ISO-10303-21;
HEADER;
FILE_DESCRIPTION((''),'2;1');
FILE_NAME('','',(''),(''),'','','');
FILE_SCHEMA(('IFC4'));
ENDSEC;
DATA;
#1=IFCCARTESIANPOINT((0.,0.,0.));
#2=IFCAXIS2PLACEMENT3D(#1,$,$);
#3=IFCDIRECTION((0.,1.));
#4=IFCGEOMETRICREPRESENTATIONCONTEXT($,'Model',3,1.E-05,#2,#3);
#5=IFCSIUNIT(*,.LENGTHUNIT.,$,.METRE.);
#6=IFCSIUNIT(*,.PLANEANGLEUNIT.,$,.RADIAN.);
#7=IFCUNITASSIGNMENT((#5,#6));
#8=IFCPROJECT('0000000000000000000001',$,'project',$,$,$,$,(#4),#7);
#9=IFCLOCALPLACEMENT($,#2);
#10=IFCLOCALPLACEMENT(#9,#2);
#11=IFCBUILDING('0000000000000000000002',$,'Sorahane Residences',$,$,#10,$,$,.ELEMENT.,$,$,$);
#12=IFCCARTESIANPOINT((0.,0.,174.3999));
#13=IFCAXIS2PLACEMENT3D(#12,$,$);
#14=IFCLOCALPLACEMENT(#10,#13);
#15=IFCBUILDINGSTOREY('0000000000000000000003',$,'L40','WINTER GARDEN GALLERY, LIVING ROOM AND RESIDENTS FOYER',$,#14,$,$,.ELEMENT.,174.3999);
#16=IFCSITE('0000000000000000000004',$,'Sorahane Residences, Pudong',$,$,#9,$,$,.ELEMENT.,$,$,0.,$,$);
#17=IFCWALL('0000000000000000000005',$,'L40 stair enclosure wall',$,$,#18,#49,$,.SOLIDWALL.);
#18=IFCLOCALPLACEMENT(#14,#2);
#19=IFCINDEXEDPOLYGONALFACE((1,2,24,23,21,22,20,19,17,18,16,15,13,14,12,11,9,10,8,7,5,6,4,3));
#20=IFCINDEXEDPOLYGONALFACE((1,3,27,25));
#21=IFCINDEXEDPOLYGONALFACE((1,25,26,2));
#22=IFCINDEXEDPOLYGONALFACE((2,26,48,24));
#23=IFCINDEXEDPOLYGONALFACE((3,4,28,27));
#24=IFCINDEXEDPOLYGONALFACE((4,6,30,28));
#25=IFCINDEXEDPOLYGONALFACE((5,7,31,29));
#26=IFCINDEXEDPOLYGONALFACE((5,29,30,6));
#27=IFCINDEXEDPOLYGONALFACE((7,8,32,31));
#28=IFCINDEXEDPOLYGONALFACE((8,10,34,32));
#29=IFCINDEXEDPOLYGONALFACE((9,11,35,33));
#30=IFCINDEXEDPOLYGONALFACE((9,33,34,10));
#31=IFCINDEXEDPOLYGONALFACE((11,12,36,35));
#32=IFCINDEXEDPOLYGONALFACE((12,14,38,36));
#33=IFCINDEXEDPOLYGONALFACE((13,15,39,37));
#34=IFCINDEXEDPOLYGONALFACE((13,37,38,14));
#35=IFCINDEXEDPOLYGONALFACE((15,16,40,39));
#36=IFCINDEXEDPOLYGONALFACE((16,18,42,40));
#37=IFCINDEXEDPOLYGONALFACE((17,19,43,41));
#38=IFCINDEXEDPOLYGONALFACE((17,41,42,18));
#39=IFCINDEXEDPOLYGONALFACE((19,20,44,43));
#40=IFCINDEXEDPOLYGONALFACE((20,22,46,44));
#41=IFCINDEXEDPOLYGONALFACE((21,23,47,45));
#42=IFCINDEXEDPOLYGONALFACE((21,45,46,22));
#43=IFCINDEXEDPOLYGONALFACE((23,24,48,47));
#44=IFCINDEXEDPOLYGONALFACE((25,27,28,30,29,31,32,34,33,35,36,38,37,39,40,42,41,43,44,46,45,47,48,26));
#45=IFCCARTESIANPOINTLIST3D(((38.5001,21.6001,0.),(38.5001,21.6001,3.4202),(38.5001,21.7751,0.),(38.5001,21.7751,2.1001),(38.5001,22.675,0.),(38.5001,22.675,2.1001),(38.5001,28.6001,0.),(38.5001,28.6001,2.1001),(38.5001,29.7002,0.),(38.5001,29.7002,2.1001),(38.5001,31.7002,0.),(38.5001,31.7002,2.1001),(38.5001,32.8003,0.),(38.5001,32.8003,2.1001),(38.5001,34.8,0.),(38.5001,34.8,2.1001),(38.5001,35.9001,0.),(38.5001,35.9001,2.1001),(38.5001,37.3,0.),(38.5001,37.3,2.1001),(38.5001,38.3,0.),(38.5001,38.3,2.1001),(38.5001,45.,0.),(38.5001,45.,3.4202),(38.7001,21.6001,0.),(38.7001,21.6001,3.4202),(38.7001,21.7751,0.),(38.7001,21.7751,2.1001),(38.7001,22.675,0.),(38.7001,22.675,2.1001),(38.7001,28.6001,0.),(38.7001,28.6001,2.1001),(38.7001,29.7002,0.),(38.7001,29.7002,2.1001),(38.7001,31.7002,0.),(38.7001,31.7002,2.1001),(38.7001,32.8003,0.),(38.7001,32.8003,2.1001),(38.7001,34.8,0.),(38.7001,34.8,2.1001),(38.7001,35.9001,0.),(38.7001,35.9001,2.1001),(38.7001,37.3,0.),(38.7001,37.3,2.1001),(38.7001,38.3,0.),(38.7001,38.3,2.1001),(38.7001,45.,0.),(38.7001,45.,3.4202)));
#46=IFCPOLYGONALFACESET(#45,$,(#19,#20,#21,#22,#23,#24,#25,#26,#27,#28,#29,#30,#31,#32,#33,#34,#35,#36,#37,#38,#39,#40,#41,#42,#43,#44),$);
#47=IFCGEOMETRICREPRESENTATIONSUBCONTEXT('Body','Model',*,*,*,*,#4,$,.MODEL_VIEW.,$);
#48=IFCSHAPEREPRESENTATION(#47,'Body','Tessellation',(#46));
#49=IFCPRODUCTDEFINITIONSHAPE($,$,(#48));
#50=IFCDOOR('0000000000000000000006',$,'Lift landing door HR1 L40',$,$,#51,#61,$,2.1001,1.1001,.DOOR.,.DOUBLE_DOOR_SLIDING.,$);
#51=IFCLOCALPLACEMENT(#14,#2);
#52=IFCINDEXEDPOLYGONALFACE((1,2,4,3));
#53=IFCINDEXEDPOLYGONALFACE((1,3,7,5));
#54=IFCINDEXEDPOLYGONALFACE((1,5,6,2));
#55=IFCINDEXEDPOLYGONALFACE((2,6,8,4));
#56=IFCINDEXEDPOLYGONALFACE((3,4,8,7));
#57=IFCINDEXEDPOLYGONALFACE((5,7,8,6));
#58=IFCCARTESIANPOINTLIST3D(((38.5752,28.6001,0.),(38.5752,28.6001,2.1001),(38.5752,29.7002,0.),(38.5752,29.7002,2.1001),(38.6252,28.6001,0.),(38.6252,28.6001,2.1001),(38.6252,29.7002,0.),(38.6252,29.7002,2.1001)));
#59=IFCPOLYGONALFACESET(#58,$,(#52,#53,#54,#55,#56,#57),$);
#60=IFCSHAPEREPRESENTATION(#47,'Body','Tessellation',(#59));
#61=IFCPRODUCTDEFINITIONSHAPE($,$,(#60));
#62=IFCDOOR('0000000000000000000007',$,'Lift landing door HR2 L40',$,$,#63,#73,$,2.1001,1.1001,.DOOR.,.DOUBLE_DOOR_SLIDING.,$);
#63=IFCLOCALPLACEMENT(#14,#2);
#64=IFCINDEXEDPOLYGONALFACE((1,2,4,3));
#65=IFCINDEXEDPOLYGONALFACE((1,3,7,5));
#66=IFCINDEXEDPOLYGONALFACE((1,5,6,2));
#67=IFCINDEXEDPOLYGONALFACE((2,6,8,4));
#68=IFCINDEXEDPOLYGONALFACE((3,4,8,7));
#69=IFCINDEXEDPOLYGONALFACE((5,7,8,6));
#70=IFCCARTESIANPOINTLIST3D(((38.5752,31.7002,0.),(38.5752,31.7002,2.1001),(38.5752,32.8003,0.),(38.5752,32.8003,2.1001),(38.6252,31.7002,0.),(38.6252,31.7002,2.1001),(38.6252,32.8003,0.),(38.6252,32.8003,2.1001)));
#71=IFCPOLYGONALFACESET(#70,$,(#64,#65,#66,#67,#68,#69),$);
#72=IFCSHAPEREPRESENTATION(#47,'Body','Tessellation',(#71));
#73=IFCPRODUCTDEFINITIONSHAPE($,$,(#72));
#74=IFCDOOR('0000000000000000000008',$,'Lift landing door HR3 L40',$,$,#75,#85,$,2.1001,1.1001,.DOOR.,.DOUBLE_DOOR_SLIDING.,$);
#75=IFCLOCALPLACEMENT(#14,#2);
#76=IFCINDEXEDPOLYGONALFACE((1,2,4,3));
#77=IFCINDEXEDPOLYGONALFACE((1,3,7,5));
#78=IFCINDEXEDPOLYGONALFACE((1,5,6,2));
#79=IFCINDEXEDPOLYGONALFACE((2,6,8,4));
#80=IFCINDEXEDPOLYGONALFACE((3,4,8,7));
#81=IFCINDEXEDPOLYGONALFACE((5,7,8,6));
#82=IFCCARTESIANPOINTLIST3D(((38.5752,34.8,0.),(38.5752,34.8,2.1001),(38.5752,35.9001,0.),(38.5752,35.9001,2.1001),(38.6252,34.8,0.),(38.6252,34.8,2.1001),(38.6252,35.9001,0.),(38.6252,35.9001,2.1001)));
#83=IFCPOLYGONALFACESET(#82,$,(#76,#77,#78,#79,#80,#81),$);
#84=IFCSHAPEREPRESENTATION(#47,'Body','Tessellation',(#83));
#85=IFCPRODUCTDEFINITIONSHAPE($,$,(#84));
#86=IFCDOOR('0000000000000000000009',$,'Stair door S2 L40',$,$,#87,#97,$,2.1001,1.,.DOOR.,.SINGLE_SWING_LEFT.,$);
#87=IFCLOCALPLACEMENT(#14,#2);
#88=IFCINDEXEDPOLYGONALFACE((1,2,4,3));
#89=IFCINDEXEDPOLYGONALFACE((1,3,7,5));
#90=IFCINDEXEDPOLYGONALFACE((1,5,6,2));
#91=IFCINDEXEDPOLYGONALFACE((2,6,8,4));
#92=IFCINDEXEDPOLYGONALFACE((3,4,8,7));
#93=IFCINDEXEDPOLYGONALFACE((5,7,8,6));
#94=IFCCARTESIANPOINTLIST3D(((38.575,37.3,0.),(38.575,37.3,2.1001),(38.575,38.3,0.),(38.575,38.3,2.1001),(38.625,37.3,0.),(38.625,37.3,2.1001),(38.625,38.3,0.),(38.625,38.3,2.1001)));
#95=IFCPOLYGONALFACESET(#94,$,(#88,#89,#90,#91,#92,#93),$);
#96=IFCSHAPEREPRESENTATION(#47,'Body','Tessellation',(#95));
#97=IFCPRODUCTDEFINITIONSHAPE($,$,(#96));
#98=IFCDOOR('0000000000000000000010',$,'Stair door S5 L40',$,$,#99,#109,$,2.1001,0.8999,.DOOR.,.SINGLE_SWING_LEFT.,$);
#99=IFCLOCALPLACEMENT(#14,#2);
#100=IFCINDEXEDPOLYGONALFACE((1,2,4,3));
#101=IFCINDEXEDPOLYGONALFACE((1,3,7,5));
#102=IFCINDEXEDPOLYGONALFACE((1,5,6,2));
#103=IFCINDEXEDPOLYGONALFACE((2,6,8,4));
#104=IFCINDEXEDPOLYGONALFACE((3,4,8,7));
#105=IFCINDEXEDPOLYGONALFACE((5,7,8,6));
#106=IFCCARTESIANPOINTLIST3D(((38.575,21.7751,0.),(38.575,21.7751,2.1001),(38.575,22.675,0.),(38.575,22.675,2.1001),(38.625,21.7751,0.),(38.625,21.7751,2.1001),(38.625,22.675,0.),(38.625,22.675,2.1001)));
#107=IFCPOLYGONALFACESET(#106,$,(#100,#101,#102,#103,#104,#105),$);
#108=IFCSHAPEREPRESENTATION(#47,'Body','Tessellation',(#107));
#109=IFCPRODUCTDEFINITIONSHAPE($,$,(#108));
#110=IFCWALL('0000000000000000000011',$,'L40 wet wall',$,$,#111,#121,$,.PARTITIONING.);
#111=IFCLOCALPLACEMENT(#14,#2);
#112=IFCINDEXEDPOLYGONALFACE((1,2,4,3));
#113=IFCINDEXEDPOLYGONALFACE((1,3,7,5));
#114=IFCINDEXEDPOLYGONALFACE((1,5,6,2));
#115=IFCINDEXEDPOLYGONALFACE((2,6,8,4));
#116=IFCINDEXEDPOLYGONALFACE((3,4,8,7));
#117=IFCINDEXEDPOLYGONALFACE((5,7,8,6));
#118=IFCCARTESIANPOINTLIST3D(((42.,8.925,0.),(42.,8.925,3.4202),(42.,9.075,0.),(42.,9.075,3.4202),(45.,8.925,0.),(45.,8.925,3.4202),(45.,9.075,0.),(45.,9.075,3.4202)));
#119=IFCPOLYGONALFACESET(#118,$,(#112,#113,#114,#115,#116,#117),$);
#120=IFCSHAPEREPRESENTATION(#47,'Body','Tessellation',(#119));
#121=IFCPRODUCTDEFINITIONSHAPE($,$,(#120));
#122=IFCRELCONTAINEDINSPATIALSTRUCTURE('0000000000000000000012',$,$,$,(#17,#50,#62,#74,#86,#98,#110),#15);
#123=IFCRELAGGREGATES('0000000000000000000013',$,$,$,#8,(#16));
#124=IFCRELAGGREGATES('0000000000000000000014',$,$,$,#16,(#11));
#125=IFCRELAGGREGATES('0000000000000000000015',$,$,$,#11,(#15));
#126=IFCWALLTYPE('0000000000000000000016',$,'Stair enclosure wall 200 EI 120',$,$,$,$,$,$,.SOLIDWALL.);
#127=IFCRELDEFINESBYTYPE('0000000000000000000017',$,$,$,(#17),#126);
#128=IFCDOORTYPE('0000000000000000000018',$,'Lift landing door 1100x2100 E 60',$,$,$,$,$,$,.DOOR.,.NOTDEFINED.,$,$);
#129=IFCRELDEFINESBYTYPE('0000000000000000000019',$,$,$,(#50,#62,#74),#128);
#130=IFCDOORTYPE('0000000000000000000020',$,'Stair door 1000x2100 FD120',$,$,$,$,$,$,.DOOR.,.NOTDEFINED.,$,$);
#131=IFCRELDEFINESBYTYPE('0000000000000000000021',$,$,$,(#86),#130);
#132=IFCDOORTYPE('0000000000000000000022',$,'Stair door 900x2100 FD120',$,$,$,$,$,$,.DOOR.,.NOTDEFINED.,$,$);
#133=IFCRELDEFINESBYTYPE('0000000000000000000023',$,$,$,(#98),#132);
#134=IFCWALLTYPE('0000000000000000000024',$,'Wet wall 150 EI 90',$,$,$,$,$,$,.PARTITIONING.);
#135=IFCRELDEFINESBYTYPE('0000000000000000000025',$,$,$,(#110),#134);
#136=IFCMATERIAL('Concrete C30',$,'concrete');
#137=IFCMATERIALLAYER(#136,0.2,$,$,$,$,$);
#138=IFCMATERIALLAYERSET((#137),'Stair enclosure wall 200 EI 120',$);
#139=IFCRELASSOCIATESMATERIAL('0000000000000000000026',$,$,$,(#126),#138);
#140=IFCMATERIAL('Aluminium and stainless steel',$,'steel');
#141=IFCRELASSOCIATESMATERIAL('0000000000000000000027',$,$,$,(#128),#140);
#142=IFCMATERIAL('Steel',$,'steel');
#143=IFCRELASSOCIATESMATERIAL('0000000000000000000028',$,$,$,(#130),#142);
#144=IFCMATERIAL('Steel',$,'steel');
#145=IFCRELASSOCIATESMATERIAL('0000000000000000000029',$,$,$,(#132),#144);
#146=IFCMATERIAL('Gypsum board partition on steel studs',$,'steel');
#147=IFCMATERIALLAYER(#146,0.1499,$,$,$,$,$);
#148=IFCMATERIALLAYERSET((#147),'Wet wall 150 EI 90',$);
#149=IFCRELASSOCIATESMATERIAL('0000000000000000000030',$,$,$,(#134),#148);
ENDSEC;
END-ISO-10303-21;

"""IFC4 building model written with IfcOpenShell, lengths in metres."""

from ifc_helpers import new_model, si_unit, direction, frame, frame_2d, origin, place, context, subcontext, project, spatial, rectangle, extrude, material, layer, layer_set, type_object, element, fill, save


model = new_model("IFC4")

# Units and contexts
model_context = context("Model", 3, precision=1e-05, world=origin(), true_north=direction((0.0, 1.0)))
body_context = subcontext(model_context, "Body", "Model", "MODEL_VIEW")
ifc_project = project(units=[si_unit("LENGTHUNIT", "METRE"), si_unit("PLANEANGLEUNIT", "RADIAN")], contexts=[model_context])

# Site, building, storey
site_placement = place(None, origin())
site = spatial("IfcSite", under=ifc_project, at=site_placement, Name="Sorahane Residences, Pudong", CompositionType="ELEMENT", RefElevation=0.0)
building_placement = place(site_placement, origin())
building = spatial("IfcBuilding", under=site, at=building_placement, Name="Sorahane Residences", CompositionType="ELEMENT")
storey_placement = place(building_placement, frame((0.0, 0.0, 174.3999)))
storey = spatial("IfcBuildingStorey", under=building, at=storey_placement, Name="L40", Description="WINTER GARDEN GALLERY, LIVING ROOM AND RESIDENTS FOYER", CompositionType="ELEMENT", Elevation=174.3999)

# Wall, openings, doors
ifc_material_1 = material(Name="Concrete C30", Category="concrete")
ifc_layer_1 = layer(ifc_material_1, 0.2)
ifc_layer_set_1 = layer_set([ifc_layer_1], Name="Stair enclosure wall 200 EI 120")
wall_type_1 = type_object("IfcWallType", Name="Stair enclosure wall 200 EI 120", PredefinedType="SOLIDWALL", material=ifc_layer_set_1)
wall_1_placement = place(storey_placement, frame((38.6001, 21.6001, 0.0), z_axis=(0.0, 0.0, 1.0), x_axis=(0.0, 1.0, 0.0)))
wall_1 = element("IfcWall", 1, at=wall_1_placement, inside=storey, type_object=wall_type_1, Name="L40 stair enclosure wall", PredefinedType="SOLIDWALL", context=body_context, shape_type="SweptSolid", body=[
    extrude(rectangle(XDim=23.3999, YDim=0.2, at=frame_2d((11.7, 0.0))), origin(), (0.0, 0.0, 1.0), 3.4202),
])
opening_1_placement = place(wall_1_placement, frame((7.0, 0.0, 0.0)))
opening_1 = element("IfcOpeningElement", 2, at=opening_1_placement, cuts=wall_1, PredefinedType="OPENING", context=body_context, shape_type="SweptSolid", body=[
    extrude(rectangle(XDim=1.1001, YDim=2.1001, at=frame_2d((0.55, 1.05))), frame((0.0, 0.1099, 0.0), z_axis=(0.0, -1.0, 0.0), x_axis=(1.0, 0.0, 0.0)), (0.0, 0.0, 1.0), 0.22),
])
opening_2_placement = place(wall_1_placement, frame((10.1001, 0.0, 0.0)))
opening_2 = element("IfcOpeningElement", 3, at=opening_2_placement, cuts=wall_1, PredefinedType="OPENING", context=body_context, shape_type="SweptSolid", body=[
    extrude(rectangle(XDim=1.1001, YDim=2.1001, at=frame_2d((0.55, 1.05))), frame((0.0, 0.1099, 0.0), z_axis=(0.0, -1.0, 0.0), x_axis=(1.0, 0.0, 0.0)), (0.0, 0.0, 1.0), 0.22),
])
opening_3_placement = place(wall_1_placement, frame((13.2, 0.0, 0.0)))
opening_3 = element("IfcOpeningElement", 4, at=opening_3_placement, cuts=wall_1, PredefinedType="OPENING", context=body_context, shape_type="SweptSolid", body=[
    extrude(rectangle(XDim=1.1001, YDim=2.1001, at=frame_2d((0.55, 1.05))), frame((0.0, 0.1099, 0.0), z_axis=(0.0, -1.0, 0.0), x_axis=(1.0, 0.0, 0.0)), (0.0, 0.0, 1.0), 0.22),
])
opening_4_placement = place(wall_1_placement, frame((15.7, 0.0, 0.0)))
opening_4 = element("IfcOpeningElement", 5, at=opening_4_placement, cuts=wall_1, PredefinedType="OPENING", context=body_context, shape_type="SweptSolid", body=[
    extrude(rectangle(XDim=1.0, YDim=2.1001, at=frame_2d((0.5, 1.05))), frame((0.0, 0.1099, 0.0), z_axis=(0.0, -1.0, 0.0), x_axis=(1.0, 0.0, 0.0)), (0.0, 0.0, 1.0), 0.22),
])
opening_5_placement = place(wall_1_placement, frame((0.175, 0.0, 0.0)))
opening_5 = element("IfcOpeningElement", 6, at=opening_5_placement, cuts=wall_1, PredefinedType="OPENING", context=body_context, shape_type="SweptSolid", body=[
    extrude(rectangle(XDim=0.8999, YDim=2.1001, at=frame_2d((0.45, 1.05))), frame((0.0, 0.1099, 0.0), z_axis=(0.0, -1.0, 0.0), x_axis=(1.0, 0.0, 0.0)), (0.0, 0.0, 1.0), 0.22),
])
ifc_material_2 = material(Name="Aluminium and stainless steel", Category="steel")
door_type_1 = type_object("IfcDoorType", Name="Lift landing door 1100x2100 E 60", OperationType="NOTDEFINED", PredefinedType="DOOR", material=ifc_material_2)
door_1_placement = place(opening_1_placement, origin())
door_1 = element("IfcDoor", 7, at=door_1_placement, inside=storey, type_object=door_type_1, Name="Lift landing door HR1 L40", OperationType="DOUBLE_DOOR_SLIDING", OverallHeight=2.1001, OverallWidth=1.1001, PredefinedType="DOOR", context=body_context, shape_type="SweptSolid", body=[
    extrude(rectangle(XDim=1.1001, YDim=2.1001, at=frame_2d((0.55, 1.05))), frame((0.0, 0.0249, 0.0), z_axis=(0.0, -1.0, 0.0), x_axis=(1.0, 0.0, 0.0)), (0.0, 0.0, 1.0), 0.05),
])
fill(opening_1, door_1)
door_2_placement = place(opening_2_placement, origin())
door_2 = element("IfcDoor", 8, at=door_2_placement, inside=storey, type_object=door_type_1, Name="Lift landing door HR2 L40", OperationType="DOUBLE_DOOR_SLIDING", OverallHeight=2.1001, OverallWidth=1.1001, PredefinedType="DOOR", context=body_context, shape_type="SweptSolid", body=[
    extrude(rectangle(XDim=1.1001, YDim=2.1001, at=frame_2d((0.55, 1.05))), frame((0.0, 0.0249, 0.0), z_axis=(0.0, -1.0, 0.0), x_axis=(1.0, 0.0, 0.0)), (0.0, 0.0, 1.0), 0.05),
])
fill(opening_2, door_2)
door_3_placement = place(opening_3_placement, origin())
door_3 = element("IfcDoor", 9, at=door_3_placement, inside=storey, type_object=door_type_1, Name="Lift landing door HR3 L40", OperationType="DOUBLE_DOOR_SLIDING", OverallHeight=2.1001, OverallWidth=1.1001, PredefinedType="DOOR", context=body_context, shape_type="SweptSolid", body=[
    extrude(rectangle(XDim=1.1001, YDim=2.1001, at=frame_2d((0.55, 1.05))), frame((0.0, 0.0249, 0.0), z_axis=(0.0, -1.0, 0.0), x_axis=(1.0, 0.0, 0.0)), (0.0, 0.0, 1.0), 0.05),
])
fill(opening_3, door_3)
ifc_material_3 = material(Name="Steel", Category="steel")
door_type_2 = type_object("IfcDoorType", Name="Stair door 1000x2100 FD120", OperationType="NOTDEFINED", PredefinedType="DOOR", material=ifc_material_3)
door_4_placement = place(opening_4_placement, frame((1.0, 0.0, 0.0), z_axis=(0.0, 0.0, 1.0), x_axis=(-1.0, 0.0, 0.0)))
door_4 = element("IfcDoor", 10, at=door_4_placement, inside=storey, type_object=door_type_2, Name="Stair door S2 L40", OperationType="SINGLE_SWING_LEFT", OverallHeight=2.1001, OverallWidth=1.0, PredefinedType="DOOR", context=body_context, shape_type="SweptSolid", body=[
    extrude(rectangle(XDim=1.0, YDim=2.1001, at=frame_2d((0.5, 1.05))), frame((0.0, 0.0249, 0.0), z_axis=(0.0, -1.0, 0.0), x_axis=(1.0, 0.0, 0.0)), (0.0, 0.0, 1.0), 0.05),
])
fill(opening_4, door_4)
ifc_material_4 = material(Name="Steel", Category="steel")
door_type_3 = type_object("IfcDoorType", Name="Stair door 900x2100 FD120", OperationType="NOTDEFINED", PredefinedType="DOOR", material=ifc_material_4)
door_5_placement = place(opening_5_placement, frame((0.8999, 0.0, 0.0), z_axis=(0.0, 0.0, 1.0), x_axis=(-1.0, 0.0, 0.0)))
door_5 = element("IfcDoor", 11, at=door_5_placement, inside=storey, type_object=door_type_3, Name="Stair door S5 L40", OperationType="SINGLE_SWING_LEFT", OverallHeight=2.1001, OverallWidth=0.8999, PredefinedType="DOOR", context=body_context, shape_type="SweptSolid", body=[
    extrude(rectangle(XDim=0.8999, YDim=2.1001, at=frame_2d((0.45, 1.05))), frame((0.0, 0.0249, 0.0), z_axis=(0.0, -1.0, 0.0), x_axis=(1.0, 0.0, 0.0)), (0.0, 0.0, 1.0), 0.05),
])
fill(opening_5, door_5)

# Wall
ifc_material_5 = material(Name="Gypsum board partition on steel studs", Category="steel")
ifc_layer_2 = layer(ifc_material_5, 0.1499)
ifc_layer_set_2 = layer_set([ifc_layer_2], Name="Wet wall 150 EI 90")
wall_type_2 = type_object("IfcWallType", Name="Wet wall 150 EI 90", PredefinedType="PARTITIONING", material=ifc_layer_set_2)
wall_2_placement = place(storey_placement, frame((42.0, 9.0, 0.0), z_axis=(0.0, 0.0, 1.0), x_axis=(1.0, 0.0, 0.0)))
element("IfcWall", 12, at=wall_2_placement, inside=storey, type_object=wall_type_2, Name="L40 wet wall", PredefinedType="PARTITIONING", context=body_context, shape_type="SweptSolid", body=[
    extrude(rectangle(XDim=3.0, YDim=0.1499, at=frame_2d((1.5, 0.0))), origin(), (0.0, 0.0, 1.0), 3.4202),
])

save(model, "model.ifc")
